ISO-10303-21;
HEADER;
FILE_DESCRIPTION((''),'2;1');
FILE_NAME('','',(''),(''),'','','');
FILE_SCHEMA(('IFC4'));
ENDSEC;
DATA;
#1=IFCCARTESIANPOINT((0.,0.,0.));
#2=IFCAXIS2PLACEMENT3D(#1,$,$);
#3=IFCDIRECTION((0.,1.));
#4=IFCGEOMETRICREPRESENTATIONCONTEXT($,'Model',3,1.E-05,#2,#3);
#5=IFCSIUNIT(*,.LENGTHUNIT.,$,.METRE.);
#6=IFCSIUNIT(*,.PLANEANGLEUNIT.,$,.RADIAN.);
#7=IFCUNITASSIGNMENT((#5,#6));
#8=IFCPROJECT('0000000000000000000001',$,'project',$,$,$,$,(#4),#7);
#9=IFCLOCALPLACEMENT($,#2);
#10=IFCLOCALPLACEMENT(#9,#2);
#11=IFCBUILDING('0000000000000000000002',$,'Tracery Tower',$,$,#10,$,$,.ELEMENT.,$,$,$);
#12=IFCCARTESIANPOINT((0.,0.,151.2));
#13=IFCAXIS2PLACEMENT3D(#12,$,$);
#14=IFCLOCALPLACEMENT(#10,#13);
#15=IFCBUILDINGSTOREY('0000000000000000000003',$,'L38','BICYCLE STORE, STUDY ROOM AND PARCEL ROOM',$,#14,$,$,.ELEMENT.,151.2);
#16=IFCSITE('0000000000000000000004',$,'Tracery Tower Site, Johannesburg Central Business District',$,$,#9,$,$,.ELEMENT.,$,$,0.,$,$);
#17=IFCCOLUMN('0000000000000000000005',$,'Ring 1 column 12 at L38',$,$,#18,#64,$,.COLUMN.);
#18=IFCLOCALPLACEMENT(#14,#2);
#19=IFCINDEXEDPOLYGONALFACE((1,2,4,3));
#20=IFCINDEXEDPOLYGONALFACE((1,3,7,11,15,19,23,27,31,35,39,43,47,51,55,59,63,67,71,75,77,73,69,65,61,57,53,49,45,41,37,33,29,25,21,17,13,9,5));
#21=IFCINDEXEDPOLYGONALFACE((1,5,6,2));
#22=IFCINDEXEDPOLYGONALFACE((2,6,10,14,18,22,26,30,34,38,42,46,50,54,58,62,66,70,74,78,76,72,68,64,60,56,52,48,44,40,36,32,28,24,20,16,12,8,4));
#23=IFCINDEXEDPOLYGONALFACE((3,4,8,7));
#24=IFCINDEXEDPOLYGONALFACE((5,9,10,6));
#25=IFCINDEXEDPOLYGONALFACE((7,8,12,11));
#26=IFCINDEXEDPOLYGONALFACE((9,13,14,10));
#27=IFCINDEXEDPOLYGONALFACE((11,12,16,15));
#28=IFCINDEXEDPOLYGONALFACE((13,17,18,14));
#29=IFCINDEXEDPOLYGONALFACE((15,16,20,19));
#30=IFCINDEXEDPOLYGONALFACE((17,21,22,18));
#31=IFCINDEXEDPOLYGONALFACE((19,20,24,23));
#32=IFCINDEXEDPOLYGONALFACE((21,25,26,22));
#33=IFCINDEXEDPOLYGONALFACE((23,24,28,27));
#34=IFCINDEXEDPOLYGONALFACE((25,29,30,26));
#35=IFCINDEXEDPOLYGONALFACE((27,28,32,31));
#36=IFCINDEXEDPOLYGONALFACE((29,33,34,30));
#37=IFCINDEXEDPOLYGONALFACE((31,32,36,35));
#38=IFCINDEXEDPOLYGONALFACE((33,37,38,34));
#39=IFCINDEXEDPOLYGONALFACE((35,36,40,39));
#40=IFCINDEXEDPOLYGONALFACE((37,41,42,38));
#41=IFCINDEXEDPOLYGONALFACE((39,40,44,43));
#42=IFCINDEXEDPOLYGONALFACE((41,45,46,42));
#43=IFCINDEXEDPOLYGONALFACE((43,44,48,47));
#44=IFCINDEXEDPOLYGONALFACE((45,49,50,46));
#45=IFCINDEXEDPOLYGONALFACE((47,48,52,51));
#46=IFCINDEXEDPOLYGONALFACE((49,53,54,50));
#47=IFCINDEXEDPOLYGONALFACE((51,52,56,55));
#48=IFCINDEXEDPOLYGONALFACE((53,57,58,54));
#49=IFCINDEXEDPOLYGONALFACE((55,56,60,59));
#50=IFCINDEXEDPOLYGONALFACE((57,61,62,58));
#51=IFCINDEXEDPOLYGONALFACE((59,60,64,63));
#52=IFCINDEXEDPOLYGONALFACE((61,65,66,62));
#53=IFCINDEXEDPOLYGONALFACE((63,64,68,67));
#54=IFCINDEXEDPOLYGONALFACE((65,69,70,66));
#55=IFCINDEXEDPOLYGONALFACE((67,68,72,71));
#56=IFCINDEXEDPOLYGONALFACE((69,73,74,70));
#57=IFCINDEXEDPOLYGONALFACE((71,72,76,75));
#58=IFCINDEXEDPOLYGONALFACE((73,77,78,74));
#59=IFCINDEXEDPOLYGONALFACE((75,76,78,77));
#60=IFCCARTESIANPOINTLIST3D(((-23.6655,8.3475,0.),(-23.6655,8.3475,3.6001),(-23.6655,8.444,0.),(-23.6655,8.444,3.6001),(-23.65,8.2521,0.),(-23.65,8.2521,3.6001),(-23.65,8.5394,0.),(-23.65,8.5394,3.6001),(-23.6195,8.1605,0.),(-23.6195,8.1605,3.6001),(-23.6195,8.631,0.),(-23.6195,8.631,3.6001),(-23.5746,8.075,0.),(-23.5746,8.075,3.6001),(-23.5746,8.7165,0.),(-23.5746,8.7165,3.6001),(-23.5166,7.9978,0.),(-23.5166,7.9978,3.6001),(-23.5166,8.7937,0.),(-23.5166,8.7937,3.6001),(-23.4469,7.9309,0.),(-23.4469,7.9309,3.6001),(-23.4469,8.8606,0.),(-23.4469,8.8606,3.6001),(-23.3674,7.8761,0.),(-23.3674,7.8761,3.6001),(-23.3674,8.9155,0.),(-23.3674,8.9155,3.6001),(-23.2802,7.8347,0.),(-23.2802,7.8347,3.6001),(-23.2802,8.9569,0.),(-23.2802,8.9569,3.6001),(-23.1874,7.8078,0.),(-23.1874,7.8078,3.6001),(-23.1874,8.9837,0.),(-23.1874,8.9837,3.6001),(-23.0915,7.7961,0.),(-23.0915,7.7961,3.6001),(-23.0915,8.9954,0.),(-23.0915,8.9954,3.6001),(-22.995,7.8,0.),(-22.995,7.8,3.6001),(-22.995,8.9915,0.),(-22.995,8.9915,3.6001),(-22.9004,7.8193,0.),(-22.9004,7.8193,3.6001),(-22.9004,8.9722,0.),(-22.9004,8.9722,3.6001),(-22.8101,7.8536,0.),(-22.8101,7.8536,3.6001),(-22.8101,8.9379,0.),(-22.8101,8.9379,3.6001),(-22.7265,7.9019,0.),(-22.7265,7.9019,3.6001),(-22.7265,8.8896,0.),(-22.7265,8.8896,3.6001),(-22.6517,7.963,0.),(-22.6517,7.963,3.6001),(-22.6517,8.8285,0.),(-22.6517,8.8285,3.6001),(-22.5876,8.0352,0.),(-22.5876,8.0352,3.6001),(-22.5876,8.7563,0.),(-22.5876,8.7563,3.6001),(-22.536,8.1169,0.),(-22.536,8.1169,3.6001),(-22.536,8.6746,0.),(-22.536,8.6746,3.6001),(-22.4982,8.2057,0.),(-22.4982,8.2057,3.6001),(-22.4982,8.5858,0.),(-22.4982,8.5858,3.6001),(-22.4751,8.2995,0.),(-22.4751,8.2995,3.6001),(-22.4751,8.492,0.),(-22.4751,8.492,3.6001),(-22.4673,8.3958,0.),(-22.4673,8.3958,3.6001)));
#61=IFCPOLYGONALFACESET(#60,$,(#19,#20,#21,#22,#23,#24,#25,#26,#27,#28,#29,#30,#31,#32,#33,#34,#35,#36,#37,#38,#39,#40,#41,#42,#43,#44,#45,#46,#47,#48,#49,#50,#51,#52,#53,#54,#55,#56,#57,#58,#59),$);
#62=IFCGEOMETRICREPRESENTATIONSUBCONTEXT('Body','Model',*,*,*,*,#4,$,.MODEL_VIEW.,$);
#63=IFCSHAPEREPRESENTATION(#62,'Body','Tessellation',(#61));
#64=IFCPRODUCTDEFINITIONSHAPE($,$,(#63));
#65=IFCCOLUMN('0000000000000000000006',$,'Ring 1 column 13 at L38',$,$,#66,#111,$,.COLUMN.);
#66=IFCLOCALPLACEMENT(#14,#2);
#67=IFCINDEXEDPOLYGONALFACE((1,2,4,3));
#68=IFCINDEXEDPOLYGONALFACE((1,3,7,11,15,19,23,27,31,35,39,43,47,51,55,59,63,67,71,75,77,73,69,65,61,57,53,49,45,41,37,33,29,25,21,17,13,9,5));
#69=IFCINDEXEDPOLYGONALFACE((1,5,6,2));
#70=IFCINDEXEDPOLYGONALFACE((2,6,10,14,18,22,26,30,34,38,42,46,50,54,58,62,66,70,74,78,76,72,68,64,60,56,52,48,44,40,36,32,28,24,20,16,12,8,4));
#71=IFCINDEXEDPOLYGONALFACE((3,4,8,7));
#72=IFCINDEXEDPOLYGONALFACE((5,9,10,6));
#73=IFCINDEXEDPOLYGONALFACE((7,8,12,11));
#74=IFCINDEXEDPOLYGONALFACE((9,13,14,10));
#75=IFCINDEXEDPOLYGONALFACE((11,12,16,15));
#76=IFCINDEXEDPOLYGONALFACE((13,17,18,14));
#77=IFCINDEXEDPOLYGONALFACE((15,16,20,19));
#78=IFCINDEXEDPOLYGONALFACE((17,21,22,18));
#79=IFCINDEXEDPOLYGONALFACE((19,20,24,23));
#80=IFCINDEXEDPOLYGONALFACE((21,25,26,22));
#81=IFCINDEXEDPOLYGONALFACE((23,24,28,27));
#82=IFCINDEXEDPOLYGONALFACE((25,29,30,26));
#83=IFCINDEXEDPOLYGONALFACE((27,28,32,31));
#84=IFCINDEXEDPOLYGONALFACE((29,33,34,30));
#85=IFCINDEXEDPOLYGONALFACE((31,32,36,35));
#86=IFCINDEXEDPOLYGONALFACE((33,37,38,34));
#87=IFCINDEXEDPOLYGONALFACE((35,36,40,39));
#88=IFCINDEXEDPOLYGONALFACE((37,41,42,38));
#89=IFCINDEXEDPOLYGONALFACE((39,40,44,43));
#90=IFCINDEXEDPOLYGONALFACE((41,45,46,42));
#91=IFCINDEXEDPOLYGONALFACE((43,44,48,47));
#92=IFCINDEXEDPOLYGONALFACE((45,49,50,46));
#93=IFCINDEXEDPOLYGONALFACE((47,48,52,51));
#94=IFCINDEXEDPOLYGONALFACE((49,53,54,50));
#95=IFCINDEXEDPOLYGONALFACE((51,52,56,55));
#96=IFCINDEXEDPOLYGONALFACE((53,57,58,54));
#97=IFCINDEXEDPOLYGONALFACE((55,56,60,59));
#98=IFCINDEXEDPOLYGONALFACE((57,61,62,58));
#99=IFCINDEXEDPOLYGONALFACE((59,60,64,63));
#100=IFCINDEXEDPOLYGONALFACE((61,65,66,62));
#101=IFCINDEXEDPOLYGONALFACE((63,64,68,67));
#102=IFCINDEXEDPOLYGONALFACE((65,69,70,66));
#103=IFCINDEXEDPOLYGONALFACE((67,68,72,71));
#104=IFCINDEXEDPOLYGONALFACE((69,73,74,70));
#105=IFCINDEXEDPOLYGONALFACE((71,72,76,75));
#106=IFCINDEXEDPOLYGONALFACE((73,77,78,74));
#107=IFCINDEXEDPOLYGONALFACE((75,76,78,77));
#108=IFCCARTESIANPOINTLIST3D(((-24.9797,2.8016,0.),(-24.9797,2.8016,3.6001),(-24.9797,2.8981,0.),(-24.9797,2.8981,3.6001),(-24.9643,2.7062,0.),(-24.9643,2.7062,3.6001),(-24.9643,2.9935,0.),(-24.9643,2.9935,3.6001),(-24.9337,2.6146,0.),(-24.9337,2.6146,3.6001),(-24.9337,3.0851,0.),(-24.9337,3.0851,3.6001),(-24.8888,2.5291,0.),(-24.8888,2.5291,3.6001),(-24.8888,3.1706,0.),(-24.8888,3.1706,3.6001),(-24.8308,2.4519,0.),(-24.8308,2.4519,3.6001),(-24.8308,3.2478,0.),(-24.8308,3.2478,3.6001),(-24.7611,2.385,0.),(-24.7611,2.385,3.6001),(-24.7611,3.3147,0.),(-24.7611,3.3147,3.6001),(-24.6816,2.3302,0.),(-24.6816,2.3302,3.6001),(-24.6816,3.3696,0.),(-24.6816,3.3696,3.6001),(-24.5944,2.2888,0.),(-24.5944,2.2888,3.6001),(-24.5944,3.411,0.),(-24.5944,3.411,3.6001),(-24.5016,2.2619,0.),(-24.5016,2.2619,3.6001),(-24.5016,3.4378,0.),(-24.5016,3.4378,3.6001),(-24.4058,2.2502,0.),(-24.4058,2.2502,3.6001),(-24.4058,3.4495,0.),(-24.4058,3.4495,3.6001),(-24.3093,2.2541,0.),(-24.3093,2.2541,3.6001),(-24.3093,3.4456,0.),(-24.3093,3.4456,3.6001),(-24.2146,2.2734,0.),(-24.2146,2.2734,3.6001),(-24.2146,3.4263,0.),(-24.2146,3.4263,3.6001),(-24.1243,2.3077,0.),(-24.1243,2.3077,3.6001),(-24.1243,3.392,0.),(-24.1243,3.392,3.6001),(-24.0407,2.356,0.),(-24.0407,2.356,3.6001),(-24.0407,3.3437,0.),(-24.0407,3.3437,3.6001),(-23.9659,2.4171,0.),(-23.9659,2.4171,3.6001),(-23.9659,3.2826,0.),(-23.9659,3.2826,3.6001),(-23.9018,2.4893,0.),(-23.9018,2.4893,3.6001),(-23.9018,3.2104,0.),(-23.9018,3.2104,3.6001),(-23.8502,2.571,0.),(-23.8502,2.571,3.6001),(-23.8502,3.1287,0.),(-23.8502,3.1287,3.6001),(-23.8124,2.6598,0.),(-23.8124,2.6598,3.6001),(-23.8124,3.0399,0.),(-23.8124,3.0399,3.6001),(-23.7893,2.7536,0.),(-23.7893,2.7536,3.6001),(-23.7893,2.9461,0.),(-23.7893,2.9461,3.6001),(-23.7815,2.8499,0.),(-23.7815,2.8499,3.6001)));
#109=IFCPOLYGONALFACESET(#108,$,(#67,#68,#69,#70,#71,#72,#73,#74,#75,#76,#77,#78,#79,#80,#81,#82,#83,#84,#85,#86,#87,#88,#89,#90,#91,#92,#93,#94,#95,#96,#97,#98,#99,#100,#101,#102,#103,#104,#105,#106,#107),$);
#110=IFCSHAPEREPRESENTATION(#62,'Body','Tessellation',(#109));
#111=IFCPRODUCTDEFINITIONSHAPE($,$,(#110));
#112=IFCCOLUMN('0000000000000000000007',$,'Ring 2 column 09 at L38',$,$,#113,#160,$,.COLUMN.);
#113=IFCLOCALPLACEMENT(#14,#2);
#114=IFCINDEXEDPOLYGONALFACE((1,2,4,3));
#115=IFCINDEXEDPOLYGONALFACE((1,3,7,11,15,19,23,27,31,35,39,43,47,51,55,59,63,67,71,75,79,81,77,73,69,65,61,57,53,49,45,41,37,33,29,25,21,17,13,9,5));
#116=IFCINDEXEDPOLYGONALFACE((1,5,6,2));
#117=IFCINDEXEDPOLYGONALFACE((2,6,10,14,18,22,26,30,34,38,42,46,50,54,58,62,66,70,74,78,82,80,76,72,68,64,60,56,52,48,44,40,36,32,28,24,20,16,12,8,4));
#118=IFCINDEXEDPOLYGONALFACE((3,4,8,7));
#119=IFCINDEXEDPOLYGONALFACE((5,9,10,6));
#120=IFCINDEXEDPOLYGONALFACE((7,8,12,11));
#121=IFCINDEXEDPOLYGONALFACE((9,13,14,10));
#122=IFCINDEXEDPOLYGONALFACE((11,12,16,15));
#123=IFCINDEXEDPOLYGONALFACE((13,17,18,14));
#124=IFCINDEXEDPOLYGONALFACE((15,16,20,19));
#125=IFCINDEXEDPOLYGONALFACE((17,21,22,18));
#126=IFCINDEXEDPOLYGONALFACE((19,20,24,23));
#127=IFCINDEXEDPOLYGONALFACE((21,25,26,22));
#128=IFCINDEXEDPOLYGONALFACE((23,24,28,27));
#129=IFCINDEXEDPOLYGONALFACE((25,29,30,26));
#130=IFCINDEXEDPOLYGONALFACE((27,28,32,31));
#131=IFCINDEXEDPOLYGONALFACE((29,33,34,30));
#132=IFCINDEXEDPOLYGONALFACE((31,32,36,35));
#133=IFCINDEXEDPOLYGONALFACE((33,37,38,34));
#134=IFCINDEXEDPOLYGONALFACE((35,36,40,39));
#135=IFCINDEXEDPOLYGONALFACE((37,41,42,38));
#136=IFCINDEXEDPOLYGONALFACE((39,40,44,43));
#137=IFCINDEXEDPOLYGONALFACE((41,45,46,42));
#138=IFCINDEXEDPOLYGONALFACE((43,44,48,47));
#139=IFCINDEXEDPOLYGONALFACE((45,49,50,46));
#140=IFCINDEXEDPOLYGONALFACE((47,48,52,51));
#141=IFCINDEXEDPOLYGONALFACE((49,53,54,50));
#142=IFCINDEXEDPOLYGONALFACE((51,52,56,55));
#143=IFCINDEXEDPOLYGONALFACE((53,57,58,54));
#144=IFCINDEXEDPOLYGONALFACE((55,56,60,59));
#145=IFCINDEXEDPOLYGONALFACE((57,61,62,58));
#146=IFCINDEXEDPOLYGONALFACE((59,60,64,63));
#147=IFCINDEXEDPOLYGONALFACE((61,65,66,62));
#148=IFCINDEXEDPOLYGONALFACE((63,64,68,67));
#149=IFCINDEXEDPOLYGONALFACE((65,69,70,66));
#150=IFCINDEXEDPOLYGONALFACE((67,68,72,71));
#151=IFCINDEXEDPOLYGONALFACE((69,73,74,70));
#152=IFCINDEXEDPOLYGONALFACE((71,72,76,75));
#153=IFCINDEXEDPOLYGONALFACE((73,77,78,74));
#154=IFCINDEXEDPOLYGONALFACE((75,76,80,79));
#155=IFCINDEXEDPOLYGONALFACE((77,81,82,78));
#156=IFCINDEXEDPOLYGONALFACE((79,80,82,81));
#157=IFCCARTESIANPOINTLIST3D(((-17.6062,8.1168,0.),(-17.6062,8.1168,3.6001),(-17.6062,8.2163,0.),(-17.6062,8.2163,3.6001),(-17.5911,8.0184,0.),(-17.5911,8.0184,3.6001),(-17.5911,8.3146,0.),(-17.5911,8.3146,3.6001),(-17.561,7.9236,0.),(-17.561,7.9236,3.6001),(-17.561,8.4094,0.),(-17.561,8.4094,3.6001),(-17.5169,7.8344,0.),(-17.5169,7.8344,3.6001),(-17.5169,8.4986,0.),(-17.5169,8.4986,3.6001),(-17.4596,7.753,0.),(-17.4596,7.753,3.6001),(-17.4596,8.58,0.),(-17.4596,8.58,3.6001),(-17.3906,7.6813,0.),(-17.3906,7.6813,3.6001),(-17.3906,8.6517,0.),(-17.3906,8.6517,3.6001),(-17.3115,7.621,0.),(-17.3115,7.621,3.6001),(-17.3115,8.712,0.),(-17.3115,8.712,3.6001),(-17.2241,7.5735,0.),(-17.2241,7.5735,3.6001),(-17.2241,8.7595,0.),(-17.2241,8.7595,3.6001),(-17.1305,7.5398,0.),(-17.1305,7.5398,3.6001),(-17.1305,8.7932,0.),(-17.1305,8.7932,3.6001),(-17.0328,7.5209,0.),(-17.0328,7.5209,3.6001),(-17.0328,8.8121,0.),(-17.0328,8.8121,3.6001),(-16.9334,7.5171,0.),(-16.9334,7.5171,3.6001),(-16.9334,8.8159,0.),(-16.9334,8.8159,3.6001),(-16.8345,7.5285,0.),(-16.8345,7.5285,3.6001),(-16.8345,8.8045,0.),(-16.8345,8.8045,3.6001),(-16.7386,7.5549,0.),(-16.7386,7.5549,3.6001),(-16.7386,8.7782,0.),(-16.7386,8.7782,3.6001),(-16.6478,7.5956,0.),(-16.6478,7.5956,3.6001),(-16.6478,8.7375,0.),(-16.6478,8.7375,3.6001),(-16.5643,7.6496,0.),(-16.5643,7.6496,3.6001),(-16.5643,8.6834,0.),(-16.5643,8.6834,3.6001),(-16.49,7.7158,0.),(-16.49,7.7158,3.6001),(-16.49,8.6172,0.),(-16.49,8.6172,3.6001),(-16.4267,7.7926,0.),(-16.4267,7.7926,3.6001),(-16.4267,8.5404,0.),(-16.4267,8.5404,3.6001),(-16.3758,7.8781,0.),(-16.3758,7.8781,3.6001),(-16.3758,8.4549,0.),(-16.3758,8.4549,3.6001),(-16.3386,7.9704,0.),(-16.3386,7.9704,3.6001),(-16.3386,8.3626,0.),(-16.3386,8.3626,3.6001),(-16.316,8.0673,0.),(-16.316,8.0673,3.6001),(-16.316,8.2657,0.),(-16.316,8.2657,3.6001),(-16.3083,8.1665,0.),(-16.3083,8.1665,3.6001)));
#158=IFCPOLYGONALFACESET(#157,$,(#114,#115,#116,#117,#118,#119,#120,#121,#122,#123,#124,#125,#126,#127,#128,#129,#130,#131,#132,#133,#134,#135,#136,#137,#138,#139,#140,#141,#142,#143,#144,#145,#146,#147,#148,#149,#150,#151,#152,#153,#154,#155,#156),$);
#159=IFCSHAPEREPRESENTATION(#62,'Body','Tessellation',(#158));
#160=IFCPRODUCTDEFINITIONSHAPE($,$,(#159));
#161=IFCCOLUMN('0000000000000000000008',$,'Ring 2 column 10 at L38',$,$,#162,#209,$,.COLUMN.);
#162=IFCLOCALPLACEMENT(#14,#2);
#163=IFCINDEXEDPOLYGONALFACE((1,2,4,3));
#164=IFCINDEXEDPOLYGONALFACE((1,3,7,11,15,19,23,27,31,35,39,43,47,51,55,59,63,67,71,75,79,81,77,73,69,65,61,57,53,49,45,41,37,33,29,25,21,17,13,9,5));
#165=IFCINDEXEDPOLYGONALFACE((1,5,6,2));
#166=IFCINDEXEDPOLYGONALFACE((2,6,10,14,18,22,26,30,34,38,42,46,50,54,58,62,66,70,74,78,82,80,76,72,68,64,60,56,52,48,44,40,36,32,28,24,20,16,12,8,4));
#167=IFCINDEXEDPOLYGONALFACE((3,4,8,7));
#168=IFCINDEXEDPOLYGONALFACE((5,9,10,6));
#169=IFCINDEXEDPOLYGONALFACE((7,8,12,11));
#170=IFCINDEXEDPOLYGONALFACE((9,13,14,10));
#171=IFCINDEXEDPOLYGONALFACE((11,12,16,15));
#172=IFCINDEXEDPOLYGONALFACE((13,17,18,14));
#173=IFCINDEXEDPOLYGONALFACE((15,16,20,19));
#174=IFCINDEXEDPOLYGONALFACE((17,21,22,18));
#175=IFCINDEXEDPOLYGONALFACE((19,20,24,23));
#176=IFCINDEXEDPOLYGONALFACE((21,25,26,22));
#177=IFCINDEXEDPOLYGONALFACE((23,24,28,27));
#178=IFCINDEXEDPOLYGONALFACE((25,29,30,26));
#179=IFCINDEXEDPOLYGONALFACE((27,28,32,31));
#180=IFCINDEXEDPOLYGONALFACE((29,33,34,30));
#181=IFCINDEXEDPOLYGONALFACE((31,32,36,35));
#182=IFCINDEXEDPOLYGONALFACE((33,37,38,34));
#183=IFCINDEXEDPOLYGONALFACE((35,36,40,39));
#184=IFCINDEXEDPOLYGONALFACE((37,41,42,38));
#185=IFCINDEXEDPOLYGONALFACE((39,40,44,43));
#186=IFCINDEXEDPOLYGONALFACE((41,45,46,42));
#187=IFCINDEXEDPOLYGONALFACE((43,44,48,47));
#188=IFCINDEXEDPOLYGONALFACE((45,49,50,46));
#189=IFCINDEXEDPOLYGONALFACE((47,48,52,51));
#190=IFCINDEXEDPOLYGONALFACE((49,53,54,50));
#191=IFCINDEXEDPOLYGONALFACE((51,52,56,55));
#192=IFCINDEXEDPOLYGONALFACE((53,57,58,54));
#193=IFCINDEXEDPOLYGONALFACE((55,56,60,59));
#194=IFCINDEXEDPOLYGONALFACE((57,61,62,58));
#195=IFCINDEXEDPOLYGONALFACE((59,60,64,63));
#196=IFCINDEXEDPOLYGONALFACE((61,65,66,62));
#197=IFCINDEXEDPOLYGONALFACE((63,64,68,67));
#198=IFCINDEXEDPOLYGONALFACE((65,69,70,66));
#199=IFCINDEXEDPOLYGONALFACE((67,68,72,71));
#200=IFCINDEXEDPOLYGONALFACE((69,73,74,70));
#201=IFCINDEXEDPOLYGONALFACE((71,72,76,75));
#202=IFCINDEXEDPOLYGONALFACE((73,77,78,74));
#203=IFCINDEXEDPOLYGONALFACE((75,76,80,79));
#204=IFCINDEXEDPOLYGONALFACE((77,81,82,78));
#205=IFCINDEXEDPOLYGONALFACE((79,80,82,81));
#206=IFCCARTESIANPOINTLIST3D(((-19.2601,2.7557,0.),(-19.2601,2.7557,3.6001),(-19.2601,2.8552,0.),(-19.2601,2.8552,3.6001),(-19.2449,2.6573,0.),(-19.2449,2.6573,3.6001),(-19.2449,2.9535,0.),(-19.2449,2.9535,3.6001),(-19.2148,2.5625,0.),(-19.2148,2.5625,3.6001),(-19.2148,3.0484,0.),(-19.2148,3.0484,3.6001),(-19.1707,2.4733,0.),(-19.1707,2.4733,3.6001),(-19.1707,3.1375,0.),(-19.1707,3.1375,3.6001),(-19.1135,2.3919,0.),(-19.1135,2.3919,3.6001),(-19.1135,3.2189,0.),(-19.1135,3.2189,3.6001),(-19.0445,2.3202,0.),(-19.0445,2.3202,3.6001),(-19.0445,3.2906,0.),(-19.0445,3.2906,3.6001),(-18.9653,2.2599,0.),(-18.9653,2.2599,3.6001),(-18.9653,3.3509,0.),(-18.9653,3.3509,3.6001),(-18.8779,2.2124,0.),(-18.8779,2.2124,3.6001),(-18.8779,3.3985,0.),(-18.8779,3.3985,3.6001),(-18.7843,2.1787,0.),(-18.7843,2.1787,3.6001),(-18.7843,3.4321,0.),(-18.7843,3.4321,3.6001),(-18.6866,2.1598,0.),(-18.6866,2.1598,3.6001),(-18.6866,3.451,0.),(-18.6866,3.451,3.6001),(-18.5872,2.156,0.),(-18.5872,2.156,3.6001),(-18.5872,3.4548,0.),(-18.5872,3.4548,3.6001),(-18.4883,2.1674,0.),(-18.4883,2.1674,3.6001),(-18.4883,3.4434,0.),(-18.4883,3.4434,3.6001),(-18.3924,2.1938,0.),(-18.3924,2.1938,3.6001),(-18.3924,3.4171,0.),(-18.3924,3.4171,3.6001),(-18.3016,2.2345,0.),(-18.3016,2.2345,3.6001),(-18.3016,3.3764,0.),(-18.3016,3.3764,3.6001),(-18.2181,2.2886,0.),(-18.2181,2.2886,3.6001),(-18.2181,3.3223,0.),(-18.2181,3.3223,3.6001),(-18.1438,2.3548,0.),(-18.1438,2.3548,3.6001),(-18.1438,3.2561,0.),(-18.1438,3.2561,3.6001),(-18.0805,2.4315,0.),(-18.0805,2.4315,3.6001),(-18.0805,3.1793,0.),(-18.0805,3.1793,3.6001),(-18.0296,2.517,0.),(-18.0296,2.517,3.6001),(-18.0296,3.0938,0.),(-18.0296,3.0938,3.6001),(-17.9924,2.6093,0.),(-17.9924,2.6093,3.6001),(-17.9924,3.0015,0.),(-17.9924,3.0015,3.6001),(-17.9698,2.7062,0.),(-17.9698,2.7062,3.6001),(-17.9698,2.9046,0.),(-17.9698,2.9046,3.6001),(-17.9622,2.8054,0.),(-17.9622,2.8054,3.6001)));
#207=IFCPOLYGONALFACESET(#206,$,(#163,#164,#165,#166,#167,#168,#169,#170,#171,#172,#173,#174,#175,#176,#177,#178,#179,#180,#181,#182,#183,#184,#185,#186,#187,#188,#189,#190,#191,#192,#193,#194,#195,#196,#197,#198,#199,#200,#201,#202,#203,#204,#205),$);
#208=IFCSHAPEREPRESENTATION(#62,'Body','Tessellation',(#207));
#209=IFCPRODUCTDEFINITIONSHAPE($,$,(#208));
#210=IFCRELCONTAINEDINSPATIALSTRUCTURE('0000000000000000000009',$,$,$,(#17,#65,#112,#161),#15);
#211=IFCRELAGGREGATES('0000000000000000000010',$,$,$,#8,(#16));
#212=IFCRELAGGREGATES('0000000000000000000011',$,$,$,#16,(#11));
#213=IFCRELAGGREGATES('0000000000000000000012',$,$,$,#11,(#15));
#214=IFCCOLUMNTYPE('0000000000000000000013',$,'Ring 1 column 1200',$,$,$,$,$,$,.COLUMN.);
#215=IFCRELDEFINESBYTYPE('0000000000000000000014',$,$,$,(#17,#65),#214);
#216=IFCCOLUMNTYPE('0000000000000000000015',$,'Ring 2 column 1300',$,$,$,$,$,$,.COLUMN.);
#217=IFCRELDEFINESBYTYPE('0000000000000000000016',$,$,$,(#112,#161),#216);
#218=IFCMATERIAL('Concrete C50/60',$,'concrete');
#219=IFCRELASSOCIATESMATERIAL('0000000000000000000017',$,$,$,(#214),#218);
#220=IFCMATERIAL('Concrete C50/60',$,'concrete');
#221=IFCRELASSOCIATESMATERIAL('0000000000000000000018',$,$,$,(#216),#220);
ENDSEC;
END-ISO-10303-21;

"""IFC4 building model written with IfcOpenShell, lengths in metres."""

from ifc_helpers import new_model, si_unit, direction, frame, origin, origin_2d, place, context, subcontext, project, spatial, circle, extrude, material, material_profile, profile_set, type_object, element, save


model = new_model("IFC4")

# Units and contexts
model_context = context("Model", 3, precision=1e-05, world=origin(), true_north=direction((0.0, 1.0)))
body_context = subcontext(model_context, "Body", "Model", "MODEL_VIEW")
ifc_project = project(units=[si_unit("LENGTHUNIT", "METRE"), si_unit("PLANEANGLEUNIT", "RADIAN")], contexts=[model_context])

# Site, building, storey
site_placement = place(None, origin())
site = spatial("IfcSite", under=ifc_project, at=site_placement, Name="Tracery Tower Site, Johannesburg Central Business District", CompositionType="ELEMENT", RefElevation=0.0)
building_placement = place(site_placement, origin())
building = spatial("IfcBuilding", under=site, at=building_placement, Name="Tracery Tower", CompositionType="ELEMENT")
storey_placement = place(building_placement, frame((0.0, 0.0, 151.2)))
storey = spatial("IfcBuildingStorey", under=building, at=storey_placement, Name="L38", Description="BICYCLE STORE, STUDY ROOM AND PARCEL ROOM", CompositionType="ELEMENT", Elevation=151.2)

# Columns
ifc_material_1 = material(Name="Concrete C50/60", Category="concrete")
ifc_material_profile_1 = material_profile(ifc_material_1, circle(Radius=0.6001, at=origin_2d()), Name="RC D1200")
ifc_profile_set_1 = profile_set([ifc_material_profile_1], Name="Concrete C50/60")
column_type_1 = type_object("IfcColumnType", Name="Ring 1 column 1200", PredefinedType="COLUMN", material=ifc_profile_set_1)
for number, where, z_axis, x_axis, name in (
    (1, (-23.0674, 8.3958, 0.0), (0.0, 0.0, 1.0), (1.0, 0.0, 0.0), "Ring 1 column 12 at L38"),
    (2, (-24.3816, 2.8499, 0.0), (0.0, 0.0, 1.0), (1.0, 0.0, 0.0), "Ring 1 column 13 at L38"),
):
    element("IfcColumn", number, at=place(storey_placement, frame(where, z_axis=z_axis, x_axis=x_axis)), inside=storey, type_object=column_type_1, Name=name, PredefinedType="COLUMN", context=body_context, shape_type="SweptSolid", body=[
        extrude(circle(Radius=0.6001, at=origin_2d()), origin(), (0.0, 0.0, 1.0), 3.6001),
    ])
ifc_material_2 = material(Name="Concrete C50/60", Category="concrete")
ifc_material_profile_2 = material_profile(ifc_material_2, circle(Radius=0.6499, at=origin_2d()), Name="RC D1300")
ifc_profile_set_2 = profile_set([ifc_material_profile_2], Name="Concrete C50/60")
column_type_2 = type_object("IfcColumnType", Name="Ring 2 column 1300", PredefinedType="COLUMN", material=ifc_profile_set_2)
for number, where, z_axis, x_axis, name in (
    (3, (-16.9583, 8.1665, 0.0), (0.0, 0.0, 1.0), (1.0, 0.0, 0.0), "Ring 2 column 09 at L38"),
    (4, (-18.6121, 2.8054, 0.0), (0.0, 0.0, 1.0), (1.0, 0.0, 0.0), "Ring 2 column 10 at L38"),
):
    element("IfcColumn", number, at=place(storey_placement, frame(where, z_axis=z_axis, x_axis=x_axis)), inside=storey, type_object=column_type_2, Name=name, PredefinedType="COLUMN", context=body_context, shape_type="SweptSolid", body=[
        extrude(circle(Radius=0.6499, at=origin_2d()), origin(), (0.0, 0.0, 1.0), 3.6001),
    ])

save(model, "model.ifc")
